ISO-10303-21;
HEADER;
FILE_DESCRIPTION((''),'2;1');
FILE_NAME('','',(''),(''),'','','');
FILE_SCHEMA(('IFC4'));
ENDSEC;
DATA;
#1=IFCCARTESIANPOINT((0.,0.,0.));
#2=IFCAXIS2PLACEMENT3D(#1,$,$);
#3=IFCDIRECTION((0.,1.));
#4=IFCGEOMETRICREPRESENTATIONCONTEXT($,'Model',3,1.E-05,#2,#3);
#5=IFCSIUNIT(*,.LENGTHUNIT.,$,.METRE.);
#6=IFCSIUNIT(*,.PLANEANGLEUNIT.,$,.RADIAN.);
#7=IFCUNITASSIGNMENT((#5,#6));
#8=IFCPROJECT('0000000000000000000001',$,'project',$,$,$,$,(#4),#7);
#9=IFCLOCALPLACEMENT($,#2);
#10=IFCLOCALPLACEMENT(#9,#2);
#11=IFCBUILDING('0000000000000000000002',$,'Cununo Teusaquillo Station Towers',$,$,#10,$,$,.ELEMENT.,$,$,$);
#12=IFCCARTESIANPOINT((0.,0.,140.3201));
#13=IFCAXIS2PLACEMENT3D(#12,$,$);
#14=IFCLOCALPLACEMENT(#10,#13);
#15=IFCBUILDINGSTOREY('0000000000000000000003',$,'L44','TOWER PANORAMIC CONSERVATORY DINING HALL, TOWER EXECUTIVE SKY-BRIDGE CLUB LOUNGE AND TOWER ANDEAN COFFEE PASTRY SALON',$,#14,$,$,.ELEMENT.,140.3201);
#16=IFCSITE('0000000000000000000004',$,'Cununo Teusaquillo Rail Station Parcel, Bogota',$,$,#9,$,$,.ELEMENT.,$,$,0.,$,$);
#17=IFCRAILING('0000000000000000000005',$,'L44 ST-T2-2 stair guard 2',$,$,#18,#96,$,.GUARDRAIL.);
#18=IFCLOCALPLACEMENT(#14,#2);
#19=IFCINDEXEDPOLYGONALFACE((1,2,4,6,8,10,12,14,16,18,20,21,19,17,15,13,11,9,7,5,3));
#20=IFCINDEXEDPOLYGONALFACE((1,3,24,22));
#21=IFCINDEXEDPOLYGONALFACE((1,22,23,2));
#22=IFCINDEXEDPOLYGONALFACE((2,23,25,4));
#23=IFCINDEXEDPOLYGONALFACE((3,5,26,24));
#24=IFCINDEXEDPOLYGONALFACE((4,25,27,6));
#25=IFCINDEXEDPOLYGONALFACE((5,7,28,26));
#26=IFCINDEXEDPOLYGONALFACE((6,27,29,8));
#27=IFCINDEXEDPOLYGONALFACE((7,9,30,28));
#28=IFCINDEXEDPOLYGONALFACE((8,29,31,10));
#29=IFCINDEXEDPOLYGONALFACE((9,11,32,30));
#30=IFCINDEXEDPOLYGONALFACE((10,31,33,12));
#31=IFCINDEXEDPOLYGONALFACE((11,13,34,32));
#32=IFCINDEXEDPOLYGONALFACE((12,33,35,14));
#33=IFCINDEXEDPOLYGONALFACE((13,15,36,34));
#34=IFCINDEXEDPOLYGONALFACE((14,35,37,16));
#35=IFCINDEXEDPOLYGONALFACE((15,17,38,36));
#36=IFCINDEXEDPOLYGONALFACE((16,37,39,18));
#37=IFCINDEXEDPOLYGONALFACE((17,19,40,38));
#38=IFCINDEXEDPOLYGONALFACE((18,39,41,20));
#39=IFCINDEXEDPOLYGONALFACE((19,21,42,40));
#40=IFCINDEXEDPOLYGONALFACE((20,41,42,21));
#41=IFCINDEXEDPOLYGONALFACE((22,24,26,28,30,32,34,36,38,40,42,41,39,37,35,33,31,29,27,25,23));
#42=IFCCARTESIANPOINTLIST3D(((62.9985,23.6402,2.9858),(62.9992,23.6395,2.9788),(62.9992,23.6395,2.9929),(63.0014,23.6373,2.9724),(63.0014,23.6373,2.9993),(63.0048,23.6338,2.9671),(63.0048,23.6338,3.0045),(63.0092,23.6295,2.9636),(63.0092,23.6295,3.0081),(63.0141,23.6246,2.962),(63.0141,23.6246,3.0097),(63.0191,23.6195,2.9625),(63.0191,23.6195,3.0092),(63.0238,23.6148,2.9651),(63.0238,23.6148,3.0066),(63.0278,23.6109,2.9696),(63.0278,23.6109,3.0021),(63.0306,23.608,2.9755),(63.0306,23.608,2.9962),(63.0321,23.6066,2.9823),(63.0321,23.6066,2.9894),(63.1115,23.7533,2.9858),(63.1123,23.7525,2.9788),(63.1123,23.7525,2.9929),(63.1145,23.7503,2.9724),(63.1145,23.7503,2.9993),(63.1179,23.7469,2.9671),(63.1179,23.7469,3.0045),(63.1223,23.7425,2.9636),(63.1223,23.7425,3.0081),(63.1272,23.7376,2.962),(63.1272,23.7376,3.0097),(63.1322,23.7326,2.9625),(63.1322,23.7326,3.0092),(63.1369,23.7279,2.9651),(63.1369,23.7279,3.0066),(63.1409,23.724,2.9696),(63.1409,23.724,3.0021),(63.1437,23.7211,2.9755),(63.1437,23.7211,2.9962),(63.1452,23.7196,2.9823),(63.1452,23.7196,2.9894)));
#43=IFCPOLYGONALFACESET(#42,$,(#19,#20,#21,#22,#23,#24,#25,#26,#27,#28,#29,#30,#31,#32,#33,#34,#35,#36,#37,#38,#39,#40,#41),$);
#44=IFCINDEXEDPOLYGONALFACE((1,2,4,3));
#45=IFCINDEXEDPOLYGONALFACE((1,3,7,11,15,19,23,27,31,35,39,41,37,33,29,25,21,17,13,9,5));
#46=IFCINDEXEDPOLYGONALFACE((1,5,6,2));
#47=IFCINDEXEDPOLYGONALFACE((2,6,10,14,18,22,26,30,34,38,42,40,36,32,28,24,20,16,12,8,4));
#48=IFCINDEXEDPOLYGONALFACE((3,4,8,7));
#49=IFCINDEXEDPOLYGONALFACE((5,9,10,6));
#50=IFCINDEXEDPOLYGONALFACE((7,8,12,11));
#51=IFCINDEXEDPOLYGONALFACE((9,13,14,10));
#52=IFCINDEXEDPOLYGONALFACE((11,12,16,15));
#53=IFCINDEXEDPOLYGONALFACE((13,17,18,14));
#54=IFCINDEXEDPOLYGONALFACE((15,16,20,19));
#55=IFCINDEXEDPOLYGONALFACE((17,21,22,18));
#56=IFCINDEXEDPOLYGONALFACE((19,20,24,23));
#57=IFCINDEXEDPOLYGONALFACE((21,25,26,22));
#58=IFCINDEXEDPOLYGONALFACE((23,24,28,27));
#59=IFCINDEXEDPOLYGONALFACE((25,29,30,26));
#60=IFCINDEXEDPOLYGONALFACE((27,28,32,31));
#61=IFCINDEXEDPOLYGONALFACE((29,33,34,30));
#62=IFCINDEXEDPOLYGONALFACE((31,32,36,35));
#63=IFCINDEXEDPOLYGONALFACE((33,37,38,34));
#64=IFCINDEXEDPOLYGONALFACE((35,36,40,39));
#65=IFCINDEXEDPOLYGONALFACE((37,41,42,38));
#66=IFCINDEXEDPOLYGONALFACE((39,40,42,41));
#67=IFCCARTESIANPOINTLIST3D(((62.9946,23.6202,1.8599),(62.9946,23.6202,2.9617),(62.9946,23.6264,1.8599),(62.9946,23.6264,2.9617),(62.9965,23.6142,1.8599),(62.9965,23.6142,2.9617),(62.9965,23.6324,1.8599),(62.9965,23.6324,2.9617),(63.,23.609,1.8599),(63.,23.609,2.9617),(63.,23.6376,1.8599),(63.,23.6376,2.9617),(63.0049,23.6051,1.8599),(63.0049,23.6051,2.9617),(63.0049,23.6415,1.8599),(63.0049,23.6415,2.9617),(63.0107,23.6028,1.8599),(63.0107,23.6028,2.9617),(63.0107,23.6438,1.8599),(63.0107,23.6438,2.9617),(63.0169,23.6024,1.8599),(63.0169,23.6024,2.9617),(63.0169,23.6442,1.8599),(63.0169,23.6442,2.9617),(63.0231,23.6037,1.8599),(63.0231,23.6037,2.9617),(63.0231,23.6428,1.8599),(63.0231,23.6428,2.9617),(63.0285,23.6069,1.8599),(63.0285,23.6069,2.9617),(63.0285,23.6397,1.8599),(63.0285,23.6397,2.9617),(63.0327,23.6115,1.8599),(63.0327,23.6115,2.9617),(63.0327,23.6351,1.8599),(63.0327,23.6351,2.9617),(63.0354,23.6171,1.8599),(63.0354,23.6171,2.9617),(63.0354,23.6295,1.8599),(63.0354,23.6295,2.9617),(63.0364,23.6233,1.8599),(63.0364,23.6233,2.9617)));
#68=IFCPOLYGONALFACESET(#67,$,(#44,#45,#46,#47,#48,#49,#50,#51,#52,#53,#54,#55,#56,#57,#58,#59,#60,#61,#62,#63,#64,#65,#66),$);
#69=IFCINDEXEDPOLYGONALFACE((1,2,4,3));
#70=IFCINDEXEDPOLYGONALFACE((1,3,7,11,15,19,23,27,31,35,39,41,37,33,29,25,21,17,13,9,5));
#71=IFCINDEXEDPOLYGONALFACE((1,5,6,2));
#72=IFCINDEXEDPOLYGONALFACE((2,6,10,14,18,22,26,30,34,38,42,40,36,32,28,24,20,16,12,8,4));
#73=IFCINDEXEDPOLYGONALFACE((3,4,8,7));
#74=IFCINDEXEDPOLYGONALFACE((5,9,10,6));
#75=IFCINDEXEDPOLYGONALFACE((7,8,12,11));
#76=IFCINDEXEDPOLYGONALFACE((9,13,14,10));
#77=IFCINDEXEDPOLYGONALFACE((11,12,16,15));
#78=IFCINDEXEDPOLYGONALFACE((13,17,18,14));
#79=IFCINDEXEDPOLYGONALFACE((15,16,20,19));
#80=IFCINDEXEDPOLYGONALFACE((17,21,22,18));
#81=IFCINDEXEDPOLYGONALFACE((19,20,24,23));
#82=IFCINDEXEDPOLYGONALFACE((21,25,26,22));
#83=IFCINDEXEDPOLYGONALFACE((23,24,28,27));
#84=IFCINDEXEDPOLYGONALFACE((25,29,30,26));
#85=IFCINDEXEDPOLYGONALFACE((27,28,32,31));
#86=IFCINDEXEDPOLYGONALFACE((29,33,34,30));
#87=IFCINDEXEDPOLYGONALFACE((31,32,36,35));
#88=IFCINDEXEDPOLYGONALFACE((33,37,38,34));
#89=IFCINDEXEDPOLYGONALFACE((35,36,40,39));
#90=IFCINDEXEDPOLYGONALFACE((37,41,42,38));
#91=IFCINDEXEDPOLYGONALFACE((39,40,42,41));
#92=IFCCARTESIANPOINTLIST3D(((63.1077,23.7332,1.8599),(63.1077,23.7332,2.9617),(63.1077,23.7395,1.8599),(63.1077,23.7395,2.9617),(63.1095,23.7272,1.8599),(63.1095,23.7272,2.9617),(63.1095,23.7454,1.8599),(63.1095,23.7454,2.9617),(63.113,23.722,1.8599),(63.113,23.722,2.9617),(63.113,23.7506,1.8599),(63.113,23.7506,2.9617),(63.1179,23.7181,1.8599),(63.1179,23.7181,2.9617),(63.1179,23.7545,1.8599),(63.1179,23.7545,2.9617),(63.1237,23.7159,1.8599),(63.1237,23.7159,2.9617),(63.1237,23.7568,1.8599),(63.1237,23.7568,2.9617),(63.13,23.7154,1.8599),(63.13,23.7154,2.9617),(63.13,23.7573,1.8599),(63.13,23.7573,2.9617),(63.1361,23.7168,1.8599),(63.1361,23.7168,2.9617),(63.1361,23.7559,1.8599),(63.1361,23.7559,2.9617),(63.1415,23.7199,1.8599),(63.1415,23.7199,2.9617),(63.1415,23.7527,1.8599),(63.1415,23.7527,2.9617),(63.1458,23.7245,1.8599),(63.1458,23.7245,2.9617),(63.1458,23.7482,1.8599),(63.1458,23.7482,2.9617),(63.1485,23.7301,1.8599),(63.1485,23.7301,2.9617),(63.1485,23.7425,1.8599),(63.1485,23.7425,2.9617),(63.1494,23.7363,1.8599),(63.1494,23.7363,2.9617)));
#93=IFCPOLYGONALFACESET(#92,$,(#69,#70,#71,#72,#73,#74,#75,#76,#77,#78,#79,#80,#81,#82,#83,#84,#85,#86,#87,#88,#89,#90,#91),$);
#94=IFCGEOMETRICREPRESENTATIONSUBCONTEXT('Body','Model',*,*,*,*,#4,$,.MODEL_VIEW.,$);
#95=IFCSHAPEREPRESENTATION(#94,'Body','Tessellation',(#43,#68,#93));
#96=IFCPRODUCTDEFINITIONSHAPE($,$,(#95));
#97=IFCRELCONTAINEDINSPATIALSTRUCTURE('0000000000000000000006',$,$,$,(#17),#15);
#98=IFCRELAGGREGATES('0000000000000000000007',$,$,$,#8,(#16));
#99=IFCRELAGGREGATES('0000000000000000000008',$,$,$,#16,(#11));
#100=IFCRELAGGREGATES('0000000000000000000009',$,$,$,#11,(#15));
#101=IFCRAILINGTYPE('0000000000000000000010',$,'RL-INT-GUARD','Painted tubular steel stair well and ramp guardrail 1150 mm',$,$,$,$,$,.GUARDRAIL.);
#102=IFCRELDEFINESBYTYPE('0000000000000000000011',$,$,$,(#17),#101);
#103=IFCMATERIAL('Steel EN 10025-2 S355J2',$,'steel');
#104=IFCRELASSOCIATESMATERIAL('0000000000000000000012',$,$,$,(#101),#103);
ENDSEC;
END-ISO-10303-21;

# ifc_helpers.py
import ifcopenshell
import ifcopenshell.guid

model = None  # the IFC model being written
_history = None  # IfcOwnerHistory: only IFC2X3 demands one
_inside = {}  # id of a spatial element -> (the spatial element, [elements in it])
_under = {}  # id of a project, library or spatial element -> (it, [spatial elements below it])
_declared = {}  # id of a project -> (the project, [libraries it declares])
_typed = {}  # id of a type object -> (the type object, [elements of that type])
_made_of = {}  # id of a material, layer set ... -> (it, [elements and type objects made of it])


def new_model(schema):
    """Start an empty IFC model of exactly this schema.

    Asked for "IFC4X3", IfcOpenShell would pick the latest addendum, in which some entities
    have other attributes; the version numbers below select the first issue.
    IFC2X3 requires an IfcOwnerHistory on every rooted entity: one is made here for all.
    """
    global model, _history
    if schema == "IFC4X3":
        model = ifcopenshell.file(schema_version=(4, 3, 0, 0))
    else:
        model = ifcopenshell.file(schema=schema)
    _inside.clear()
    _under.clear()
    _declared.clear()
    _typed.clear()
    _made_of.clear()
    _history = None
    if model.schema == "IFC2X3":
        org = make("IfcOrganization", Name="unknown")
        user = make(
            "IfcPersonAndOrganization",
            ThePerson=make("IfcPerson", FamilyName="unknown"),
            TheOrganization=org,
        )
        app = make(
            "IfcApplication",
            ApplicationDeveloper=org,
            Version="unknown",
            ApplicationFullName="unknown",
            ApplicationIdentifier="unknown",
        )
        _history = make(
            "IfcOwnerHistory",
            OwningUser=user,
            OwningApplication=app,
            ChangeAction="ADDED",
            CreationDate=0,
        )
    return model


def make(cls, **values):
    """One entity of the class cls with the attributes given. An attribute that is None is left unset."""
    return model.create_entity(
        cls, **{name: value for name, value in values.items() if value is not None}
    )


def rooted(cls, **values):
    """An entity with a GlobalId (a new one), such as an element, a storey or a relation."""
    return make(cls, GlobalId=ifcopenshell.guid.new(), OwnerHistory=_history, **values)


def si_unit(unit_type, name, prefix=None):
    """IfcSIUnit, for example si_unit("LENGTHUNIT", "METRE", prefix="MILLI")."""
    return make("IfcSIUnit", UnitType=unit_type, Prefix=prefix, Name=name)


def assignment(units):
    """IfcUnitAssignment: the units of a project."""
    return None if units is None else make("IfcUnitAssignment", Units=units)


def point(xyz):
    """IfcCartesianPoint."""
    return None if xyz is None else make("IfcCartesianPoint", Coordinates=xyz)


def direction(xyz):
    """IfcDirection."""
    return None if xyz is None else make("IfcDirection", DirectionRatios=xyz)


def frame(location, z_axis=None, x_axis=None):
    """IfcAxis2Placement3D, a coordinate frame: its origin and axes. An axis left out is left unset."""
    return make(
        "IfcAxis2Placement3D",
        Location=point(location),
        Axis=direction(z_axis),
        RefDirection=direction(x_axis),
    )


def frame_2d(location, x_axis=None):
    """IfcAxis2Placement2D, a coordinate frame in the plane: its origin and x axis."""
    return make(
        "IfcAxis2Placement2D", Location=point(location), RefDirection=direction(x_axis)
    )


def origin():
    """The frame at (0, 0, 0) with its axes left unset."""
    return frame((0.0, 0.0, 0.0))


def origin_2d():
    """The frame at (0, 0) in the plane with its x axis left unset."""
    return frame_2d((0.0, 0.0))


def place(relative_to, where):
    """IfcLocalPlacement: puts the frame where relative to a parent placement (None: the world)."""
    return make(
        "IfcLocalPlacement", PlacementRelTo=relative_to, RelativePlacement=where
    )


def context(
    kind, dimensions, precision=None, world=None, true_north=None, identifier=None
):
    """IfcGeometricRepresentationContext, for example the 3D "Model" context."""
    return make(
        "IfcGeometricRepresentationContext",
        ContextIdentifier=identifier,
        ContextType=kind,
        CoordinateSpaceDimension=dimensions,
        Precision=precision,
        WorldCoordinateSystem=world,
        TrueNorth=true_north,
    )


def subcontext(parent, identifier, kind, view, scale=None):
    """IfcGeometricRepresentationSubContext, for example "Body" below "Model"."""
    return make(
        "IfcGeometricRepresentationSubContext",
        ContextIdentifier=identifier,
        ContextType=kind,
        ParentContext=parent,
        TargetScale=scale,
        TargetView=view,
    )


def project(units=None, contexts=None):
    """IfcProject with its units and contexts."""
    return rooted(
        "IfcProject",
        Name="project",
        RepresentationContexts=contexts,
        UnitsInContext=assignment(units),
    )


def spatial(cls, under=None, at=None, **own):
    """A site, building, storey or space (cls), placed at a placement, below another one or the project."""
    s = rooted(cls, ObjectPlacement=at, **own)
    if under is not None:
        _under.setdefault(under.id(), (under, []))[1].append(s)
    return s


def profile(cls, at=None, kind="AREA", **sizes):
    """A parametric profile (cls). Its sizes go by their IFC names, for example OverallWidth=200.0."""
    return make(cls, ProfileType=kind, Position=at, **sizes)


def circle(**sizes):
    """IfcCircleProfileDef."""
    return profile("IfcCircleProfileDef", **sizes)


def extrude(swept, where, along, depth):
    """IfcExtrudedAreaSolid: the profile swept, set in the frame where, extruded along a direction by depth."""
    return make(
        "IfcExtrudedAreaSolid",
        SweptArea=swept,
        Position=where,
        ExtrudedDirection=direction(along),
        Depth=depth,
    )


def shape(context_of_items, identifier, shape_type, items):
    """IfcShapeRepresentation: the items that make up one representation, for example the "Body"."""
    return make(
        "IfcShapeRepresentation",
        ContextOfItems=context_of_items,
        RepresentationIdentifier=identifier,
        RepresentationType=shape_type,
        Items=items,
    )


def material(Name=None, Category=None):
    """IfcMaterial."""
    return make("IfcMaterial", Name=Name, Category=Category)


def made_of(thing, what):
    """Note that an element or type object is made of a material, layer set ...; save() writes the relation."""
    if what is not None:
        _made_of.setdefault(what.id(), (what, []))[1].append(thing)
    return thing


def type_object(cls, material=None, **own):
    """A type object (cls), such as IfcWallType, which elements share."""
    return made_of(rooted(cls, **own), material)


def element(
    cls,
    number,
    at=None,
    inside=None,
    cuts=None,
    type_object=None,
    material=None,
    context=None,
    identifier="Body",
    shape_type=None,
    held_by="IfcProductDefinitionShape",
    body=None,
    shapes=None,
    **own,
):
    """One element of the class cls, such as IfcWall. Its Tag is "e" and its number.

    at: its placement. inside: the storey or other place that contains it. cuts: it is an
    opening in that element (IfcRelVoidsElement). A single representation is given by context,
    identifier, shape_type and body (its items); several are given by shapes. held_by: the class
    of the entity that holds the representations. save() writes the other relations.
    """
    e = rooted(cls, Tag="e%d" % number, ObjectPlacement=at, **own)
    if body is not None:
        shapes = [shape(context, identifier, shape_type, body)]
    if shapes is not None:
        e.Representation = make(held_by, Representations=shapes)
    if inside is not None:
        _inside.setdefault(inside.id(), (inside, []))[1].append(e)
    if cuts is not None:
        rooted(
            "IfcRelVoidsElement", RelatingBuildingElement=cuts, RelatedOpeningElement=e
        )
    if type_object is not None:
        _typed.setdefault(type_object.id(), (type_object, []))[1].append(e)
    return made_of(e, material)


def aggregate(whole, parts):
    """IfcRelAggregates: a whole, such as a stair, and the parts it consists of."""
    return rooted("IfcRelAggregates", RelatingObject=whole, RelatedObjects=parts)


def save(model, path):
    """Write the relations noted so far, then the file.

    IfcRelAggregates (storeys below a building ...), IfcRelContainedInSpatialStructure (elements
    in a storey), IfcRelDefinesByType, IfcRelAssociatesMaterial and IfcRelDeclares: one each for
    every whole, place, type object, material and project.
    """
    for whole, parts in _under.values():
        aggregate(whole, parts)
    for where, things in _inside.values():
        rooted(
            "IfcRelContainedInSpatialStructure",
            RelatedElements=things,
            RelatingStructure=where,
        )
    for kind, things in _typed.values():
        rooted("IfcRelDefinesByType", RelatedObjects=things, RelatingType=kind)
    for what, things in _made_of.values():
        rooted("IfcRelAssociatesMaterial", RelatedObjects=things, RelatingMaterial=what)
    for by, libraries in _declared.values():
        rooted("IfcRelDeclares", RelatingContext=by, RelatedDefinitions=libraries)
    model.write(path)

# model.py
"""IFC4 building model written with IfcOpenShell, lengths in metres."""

from ifc_helpers import new_model, si_unit, direction, frame, origin, origin_2d, place, context, subcontext, project, spatial, circle, extrude, material, type_object, element, save


model = new_model("IFC4")

# Units and contexts
model_context = context("Model", 3, precision=1e-05, world=origin(), true_north=direction((0.0, 1.0)))
body_context = subcontext(model_context, "Body", "Model", "MODEL_VIEW")
ifc_project = project(units=[si_unit("LENGTHUNIT", "METRE"), si_unit("PLANEANGLEUNIT", "RADIAN")], contexts=[model_context])

# Site, building, storey
site_placement = place(None, origin())
site = spatial("IfcSite", under=ifc_project, at=site_placement, Name="Cununo Teusaquillo Rail Station Parcel, Bogota", CompositionType="ELEMENT", RefElevation=0.0)
building_placement = place(site_placement, origin())
building = spatial("IfcBuilding", under=site, at=building_placement, Name="Cununo Teusaquillo Station Towers", CompositionType="ELEMENT")
storey_placement = place(building_placement, frame((0.0, 0.0, 140.3201)))
storey = spatial("IfcBuildingStorey", under=building, at=storey_placement, Name="L44", Description="TOWER PANORAMIC CONSERVATORY DINING HALL, TOWER EXECUTIVE SKY-BRIDGE CLUB LOUNGE AND TOWER ANDEAN COFFEE PASTRY SALON", CompositionType="ELEMENT", Elevation=140.3201)

# Railing
ifc_material_1 = material(Name="Steel EN 10025-2 S355J2", Category="steel")
railing_type_1 = type_object("IfcRailingType", Name="RL-INT-GUARD", Description="Painted tubular steel stair well and ramp guardrail 1150 mm", PredefinedType="GUARDRAIL", material=ifc_material_1)
railing_1_placement = place(storey_placement, frame((63.0154, 23.6233, 1.8599)))
element("IfcRailing", 1, at=railing_1_placement, inside=storey, type_object=railing_type_1, Name="L44 ST-T2-2 stair guard 2", PredefinedType="GUARDRAIL", context=body_context, shape_type="SweptSolid", body=[
    extrude(circle(Radius=0.0239, at=origin_2d()), frame((0.0, 0.0, 1.126), z_axis=(0.707107, 0.707107, 0.0), x_axis=(-0.707107, 0.707107, 0.0)), (0.0, 0.0, 1.0), 0.1599),
    extrude(circle(Radius=0.021, at=origin_2d()), origin(), (0.0, 0.0, 1.0), 1.1018),
    extrude(circle(Radius=0.021, at=origin_2d()), frame((0.113, 0.113, 0.0)), (0.0, 0.0, 1.0), 1.1018),
])

save(model, "model.ifc")
